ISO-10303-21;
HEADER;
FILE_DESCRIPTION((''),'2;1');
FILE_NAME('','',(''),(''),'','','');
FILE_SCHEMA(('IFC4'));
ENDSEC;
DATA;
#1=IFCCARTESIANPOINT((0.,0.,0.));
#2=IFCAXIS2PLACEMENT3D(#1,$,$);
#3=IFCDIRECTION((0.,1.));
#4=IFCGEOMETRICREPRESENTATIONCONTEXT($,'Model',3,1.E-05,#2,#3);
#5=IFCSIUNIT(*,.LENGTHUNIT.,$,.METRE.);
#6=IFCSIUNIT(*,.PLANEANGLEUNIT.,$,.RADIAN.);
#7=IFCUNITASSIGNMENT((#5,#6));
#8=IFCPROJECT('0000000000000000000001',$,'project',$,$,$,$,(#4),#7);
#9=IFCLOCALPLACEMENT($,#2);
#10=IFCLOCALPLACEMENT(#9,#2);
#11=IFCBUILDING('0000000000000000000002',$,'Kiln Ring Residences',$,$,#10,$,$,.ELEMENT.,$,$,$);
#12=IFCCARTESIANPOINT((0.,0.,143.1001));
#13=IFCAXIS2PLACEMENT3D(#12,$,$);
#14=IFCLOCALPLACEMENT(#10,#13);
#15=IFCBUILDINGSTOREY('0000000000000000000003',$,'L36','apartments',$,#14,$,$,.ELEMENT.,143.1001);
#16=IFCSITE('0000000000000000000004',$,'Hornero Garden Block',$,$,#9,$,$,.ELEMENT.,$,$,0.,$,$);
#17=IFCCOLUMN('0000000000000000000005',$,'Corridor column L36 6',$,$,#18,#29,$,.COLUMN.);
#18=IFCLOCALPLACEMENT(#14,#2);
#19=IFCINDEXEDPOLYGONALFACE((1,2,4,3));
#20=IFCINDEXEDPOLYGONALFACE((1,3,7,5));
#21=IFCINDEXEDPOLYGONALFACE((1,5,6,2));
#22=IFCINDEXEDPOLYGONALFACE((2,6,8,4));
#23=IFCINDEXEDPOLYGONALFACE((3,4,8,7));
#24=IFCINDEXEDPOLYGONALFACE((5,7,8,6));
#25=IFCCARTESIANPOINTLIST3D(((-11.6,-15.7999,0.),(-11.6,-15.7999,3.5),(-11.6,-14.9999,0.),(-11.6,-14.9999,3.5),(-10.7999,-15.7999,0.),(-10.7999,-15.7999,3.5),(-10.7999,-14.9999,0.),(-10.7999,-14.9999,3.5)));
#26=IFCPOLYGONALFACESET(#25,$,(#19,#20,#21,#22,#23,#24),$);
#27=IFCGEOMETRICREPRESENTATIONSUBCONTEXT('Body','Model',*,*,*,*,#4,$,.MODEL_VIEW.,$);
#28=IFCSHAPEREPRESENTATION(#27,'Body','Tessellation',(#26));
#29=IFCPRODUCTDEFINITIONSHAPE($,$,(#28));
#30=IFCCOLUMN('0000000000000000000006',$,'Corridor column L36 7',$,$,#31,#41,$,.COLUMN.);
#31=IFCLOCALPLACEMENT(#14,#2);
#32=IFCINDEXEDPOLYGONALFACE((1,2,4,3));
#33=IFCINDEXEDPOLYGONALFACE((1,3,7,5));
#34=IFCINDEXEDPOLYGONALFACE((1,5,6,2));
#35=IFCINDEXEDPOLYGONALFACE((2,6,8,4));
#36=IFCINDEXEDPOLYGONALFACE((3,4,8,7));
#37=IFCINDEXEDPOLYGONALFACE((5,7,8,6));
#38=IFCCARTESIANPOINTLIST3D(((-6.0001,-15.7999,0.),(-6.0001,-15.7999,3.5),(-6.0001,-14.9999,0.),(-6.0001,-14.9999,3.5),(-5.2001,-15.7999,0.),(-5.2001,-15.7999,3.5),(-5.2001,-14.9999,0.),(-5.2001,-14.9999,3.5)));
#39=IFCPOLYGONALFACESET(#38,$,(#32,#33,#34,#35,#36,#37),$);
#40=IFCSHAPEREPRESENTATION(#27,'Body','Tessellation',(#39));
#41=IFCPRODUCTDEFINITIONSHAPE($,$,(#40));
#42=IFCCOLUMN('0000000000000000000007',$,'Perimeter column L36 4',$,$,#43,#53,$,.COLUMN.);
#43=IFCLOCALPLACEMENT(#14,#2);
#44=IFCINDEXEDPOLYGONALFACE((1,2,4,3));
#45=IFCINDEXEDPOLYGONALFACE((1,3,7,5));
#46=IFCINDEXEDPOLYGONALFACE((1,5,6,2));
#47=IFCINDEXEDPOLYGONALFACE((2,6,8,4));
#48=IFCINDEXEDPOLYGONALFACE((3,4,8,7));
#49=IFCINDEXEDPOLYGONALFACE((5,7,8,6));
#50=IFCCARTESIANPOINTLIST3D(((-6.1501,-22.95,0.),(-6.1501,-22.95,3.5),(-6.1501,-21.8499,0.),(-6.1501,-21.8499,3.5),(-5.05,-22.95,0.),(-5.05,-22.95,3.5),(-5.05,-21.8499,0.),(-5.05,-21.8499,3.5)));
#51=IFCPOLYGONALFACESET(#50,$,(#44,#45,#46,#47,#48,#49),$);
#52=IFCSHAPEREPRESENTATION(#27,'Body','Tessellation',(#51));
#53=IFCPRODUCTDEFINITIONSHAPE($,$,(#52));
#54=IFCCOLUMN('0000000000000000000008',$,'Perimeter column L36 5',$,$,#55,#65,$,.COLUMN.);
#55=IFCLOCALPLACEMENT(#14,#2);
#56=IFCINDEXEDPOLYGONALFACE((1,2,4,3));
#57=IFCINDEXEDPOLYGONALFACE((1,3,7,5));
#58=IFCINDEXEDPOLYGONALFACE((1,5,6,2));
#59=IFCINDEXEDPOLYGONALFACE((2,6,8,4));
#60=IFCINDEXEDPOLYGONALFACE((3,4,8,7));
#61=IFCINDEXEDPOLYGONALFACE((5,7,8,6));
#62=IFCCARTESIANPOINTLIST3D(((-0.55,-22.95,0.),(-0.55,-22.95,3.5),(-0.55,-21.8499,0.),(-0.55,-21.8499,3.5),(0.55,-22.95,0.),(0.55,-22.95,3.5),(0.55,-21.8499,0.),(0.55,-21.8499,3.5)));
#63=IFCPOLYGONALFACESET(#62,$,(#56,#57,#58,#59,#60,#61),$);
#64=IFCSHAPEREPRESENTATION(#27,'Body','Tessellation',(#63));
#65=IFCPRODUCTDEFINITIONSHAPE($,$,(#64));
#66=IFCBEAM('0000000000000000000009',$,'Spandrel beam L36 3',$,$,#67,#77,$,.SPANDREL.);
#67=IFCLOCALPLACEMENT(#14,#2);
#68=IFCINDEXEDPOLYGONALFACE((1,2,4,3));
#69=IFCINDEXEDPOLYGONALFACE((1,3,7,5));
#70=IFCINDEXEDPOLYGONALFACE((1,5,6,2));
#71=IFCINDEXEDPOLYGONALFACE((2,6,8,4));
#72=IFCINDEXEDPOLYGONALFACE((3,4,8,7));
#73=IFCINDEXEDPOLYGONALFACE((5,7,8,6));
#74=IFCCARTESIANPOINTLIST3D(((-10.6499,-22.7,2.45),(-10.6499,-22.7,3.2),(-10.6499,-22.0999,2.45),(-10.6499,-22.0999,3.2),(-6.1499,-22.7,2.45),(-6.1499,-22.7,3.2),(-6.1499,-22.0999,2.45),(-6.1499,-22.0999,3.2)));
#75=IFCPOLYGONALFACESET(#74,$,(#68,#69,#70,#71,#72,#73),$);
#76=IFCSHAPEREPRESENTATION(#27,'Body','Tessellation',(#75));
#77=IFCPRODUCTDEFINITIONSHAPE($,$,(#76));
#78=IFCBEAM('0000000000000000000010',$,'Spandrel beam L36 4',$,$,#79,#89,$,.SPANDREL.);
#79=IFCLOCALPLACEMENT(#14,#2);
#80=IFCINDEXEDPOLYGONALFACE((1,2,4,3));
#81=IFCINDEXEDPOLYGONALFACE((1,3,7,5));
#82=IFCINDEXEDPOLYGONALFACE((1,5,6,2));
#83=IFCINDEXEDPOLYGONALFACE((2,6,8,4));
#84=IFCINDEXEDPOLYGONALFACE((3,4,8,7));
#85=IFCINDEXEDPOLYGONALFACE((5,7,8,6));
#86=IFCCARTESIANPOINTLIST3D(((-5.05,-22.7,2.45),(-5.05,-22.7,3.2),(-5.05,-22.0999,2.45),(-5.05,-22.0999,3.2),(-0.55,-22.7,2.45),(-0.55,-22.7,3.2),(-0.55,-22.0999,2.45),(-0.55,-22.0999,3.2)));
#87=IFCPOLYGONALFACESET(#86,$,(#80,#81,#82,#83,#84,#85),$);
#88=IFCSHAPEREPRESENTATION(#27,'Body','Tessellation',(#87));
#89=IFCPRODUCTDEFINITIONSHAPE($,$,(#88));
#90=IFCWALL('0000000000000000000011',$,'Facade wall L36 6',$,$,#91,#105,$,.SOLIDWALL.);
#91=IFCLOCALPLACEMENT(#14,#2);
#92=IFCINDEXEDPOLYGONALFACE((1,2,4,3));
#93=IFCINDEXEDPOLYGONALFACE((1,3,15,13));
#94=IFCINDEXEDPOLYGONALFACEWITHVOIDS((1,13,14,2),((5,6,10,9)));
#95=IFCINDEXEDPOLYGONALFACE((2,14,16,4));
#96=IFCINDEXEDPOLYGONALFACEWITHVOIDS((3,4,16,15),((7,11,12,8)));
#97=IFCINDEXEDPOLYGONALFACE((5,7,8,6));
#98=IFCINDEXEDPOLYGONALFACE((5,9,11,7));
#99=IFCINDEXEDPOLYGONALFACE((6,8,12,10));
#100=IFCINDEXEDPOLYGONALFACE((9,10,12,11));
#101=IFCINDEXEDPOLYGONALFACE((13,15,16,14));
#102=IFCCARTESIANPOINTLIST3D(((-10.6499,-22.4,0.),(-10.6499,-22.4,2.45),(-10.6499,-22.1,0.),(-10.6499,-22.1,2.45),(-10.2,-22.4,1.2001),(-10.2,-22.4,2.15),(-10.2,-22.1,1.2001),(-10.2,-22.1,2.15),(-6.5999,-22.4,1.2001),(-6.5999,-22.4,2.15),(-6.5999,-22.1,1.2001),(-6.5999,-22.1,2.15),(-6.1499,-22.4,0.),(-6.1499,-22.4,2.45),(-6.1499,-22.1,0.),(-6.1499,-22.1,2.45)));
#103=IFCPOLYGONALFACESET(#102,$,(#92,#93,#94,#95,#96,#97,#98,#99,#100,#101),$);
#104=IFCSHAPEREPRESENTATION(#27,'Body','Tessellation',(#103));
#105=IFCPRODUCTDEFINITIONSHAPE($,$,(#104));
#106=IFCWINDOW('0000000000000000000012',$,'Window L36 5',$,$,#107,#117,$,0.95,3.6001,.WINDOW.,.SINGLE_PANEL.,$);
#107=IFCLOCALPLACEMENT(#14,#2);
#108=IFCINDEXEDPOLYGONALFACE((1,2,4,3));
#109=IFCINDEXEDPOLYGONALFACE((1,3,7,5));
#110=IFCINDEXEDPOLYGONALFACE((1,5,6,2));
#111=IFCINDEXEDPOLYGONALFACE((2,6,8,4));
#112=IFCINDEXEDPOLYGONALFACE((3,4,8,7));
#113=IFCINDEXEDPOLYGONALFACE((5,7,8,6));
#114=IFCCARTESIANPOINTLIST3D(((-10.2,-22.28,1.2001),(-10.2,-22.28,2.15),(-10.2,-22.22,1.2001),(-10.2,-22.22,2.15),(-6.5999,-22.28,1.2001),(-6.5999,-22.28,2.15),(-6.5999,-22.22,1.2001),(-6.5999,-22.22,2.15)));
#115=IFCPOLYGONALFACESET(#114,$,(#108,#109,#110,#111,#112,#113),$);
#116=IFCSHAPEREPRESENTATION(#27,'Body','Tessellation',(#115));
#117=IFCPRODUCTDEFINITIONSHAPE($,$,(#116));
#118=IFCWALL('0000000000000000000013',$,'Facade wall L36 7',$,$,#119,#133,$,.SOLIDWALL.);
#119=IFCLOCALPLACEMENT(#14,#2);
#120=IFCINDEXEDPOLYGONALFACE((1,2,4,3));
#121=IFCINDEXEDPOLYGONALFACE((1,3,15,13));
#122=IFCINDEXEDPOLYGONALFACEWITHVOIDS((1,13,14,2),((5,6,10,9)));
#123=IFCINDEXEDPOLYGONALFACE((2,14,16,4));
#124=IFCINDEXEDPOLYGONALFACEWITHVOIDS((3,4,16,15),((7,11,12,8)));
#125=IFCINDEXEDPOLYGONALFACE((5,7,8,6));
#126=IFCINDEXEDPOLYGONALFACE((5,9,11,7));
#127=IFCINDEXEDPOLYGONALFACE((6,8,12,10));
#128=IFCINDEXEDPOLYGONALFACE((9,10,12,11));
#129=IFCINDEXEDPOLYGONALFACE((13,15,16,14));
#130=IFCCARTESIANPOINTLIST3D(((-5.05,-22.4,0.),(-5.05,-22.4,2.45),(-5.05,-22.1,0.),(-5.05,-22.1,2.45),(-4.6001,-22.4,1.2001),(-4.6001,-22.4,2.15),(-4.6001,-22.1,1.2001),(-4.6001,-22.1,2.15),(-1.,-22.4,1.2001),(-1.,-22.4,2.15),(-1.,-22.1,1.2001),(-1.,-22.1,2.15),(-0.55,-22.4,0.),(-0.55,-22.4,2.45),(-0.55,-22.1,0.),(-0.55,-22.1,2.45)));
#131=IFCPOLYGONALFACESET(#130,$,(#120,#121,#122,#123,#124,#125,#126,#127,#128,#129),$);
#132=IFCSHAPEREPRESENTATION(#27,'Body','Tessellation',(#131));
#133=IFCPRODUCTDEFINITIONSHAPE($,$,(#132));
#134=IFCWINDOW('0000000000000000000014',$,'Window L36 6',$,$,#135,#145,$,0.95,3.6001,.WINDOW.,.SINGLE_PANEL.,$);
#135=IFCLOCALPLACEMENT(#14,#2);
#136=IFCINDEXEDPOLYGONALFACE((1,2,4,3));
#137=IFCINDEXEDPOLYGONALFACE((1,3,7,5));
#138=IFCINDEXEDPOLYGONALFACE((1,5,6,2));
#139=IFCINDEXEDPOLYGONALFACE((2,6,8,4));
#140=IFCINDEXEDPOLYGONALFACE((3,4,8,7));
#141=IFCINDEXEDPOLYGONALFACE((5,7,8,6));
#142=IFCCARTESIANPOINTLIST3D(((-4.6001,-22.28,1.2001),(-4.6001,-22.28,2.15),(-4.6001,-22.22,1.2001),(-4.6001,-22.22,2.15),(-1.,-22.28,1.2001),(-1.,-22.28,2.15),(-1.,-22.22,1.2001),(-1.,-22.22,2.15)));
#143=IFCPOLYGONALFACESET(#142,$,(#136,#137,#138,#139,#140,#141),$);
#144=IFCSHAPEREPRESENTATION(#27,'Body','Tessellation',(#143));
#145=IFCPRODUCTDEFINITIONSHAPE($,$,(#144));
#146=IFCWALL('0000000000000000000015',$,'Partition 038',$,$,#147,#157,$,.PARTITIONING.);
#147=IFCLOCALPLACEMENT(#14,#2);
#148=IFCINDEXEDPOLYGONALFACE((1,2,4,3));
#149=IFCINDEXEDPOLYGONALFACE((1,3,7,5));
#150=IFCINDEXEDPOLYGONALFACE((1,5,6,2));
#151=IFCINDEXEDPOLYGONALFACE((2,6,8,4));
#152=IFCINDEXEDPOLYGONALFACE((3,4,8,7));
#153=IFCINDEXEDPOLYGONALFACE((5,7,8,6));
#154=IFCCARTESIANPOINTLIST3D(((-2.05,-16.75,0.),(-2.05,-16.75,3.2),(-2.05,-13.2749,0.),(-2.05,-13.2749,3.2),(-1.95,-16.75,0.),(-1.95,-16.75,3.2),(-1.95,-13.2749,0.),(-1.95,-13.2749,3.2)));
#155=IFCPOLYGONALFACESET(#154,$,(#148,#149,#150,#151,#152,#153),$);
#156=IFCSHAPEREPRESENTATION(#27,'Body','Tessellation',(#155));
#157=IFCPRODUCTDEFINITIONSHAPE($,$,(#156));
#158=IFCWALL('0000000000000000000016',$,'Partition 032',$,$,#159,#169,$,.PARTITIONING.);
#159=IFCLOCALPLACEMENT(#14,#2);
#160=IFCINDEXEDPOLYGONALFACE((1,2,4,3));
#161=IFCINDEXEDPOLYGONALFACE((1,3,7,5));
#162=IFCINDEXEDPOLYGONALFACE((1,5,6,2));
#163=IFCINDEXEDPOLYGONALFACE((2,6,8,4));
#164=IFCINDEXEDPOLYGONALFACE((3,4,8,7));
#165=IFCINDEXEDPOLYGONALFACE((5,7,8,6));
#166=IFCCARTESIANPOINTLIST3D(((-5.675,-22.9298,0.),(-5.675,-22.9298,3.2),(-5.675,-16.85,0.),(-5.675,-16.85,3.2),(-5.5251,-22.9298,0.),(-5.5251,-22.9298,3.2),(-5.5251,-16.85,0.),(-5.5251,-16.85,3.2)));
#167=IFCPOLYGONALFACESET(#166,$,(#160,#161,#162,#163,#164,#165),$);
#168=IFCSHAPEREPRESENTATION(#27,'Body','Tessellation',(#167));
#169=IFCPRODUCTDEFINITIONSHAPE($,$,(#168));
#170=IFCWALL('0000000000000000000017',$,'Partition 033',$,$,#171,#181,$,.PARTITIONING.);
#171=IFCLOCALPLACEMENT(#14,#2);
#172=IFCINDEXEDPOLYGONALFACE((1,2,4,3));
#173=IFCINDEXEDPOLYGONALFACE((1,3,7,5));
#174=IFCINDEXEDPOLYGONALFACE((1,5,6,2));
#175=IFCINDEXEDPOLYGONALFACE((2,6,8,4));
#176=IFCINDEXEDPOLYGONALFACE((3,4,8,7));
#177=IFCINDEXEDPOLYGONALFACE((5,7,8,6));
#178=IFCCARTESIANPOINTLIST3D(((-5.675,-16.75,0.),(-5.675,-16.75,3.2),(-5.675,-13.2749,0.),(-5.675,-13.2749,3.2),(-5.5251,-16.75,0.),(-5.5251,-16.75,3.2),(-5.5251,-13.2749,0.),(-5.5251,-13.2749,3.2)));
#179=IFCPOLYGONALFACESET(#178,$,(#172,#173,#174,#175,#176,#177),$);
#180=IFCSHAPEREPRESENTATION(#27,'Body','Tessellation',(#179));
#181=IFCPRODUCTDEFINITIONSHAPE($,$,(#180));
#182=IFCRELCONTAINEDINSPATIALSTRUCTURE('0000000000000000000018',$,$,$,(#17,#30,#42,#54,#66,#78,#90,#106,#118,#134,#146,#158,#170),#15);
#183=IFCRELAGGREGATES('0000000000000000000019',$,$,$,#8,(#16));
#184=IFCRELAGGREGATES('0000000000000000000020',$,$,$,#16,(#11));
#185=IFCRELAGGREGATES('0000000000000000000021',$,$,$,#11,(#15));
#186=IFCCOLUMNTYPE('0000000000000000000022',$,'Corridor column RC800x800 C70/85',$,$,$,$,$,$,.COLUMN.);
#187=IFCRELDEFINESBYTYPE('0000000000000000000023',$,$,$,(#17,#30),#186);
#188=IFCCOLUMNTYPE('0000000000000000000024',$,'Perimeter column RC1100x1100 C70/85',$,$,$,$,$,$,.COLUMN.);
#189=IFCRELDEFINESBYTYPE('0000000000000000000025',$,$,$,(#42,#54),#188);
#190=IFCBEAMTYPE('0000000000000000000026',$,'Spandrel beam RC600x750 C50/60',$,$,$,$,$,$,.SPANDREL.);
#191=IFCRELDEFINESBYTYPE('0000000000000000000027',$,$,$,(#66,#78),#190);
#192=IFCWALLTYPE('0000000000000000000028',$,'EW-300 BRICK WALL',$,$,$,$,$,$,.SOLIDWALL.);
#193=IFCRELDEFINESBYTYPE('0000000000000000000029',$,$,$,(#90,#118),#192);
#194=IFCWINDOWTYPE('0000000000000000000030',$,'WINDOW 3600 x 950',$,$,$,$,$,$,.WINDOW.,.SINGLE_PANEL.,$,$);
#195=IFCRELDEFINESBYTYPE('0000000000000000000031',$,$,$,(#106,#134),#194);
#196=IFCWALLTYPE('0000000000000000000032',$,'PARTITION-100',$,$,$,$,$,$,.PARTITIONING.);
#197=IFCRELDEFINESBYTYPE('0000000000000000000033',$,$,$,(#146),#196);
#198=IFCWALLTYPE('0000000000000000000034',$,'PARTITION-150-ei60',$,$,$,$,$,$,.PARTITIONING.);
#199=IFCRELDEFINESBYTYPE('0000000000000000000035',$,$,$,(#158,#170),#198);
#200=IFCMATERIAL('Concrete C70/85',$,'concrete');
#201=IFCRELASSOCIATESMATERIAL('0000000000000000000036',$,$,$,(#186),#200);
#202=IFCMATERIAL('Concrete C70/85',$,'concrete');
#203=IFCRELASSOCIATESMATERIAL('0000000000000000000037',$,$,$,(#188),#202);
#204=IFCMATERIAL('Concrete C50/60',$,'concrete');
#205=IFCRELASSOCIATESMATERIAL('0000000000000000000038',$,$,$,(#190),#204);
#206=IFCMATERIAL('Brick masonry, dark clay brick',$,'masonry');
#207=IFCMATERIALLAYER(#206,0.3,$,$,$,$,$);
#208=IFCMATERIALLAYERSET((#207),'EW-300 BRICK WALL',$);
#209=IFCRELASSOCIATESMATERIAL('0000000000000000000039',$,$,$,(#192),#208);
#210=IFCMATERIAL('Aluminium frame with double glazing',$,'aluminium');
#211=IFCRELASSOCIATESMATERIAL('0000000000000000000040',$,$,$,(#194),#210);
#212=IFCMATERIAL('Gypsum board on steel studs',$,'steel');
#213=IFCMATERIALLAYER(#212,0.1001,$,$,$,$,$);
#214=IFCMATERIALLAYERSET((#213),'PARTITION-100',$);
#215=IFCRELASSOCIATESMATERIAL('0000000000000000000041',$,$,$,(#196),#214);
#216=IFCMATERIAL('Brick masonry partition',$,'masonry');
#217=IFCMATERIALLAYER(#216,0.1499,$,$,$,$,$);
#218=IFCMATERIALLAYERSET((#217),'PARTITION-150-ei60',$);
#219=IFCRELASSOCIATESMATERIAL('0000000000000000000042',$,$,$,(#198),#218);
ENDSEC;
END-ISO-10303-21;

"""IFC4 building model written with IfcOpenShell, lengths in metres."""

from ifc_helpers import new_model, si_unit, direction, frame, frame_2d, origin, origin_2d, place, context, subcontext, project, spatial, rectangle, extrude, material, layer, layer_set, material_profile, profile_set, type_object, element, fill, save


model = new_model("IFC4")

# Units and contexts
model_context = context("Model", 3, precision=1e-05, world=origin(), true_north=direction((0.0, 1.0)))
body_context = subcontext(model_context, "Body", "Model", "MODEL_VIEW")
ifc_project = project(units=[si_unit("LENGTHUNIT", "METRE"), si_unit("PLANEANGLEUNIT", "RADIAN")], contexts=[model_context])

# Site, building, storey
site_placement = place(None, origin())
site = spatial("IfcSite", under=ifc_project, at=site_placement, Name="Hornero Garden Block", CompositionType="ELEMENT", RefElevation=0.0)
building_placement = place(site_placement, origin())
building = spatial("IfcBuilding", under=site, at=building_placement, Name="Kiln Ring Residences", CompositionType="ELEMENT")
storey_placement = place(building_placement, frame((0.0, 0.0, 143.1001)))
storey = spatial("IfcBuildingStorey", under=building, at=storey_placement, Name="L36", Description="apartments", CompositionType="ELEMENT", Elevation=143.1001)

# Columns
ifc_material_1 = material(Name="Concrete C70/85", Category="concrete")
ifc_material_profile_1 = material_profile(ifc_material_1, rectangle(XDim=0.8, YDim=0.8, at=origin_2d()), Name="RC800x800")
ifc_profile_set_1 = profile_set([ifc_material_profile_1], Name="Concrete C70/85")
column_type_1 = type_object("IfcColumnType", Name="Corridor column RC800x800 C70/85", PredefinedType="COLUMN", material=ifc_profile_set_1)
for number, where, z_axis, x_axis, name in (
    (1, (-11.2, -15.3999, 0.0), (0.0, 0.0, 1.0), (1.0, 0.0, 0.0), "Corridor column L36 6"),
    (2, (-5.6001, -15.3999, 0.0), (0.0, 0.0, 1.0), (1.0, 0.0, 0.0), "Corridor column L36 7"),
):
    element("IfcColumn", number, at=place(storey_placement, frame(where, z_axis=z_axis, x_axis=x_axis)), inside=storey, type_object=column_type_1, Name=name, PredefinedType="COLUMN", context=body_context, shape_type="SweptSolid", body=[
        extrude(rectangle(XDim=0.8, YDim=0.8, at=origin_2d()), origin(), (0.0, 0.0, 1.0), 3.5),
    ])
ifc_material_2 = material(Name="Concrete C70/85", Category="concrete")
ifc_material_profile_2 = material_profile(ifc_material_2, rectangle(XDim=1.1001, YDim=1.1001, at=origin_2d()), Name="RC1100x1100")
ifc_profile_set_2 = profile_set([ifc_material_profile_2], Name="Concrete C70/85")
column_type_2 = type_object("IfcColumnType", Name="Perimeter column RC1100x1100 C70/85", PredefinedType="COLUMN", material=ifc_profile_set_2)
for number, where, z_axis, x_axis, name in (
    (3, (-5.6001, -22.3999, 0.0), (0.0, 0.0, 1.0), (1.0, 0.0, 0.0), "Perimeter column L36 4"),
    (4, (0.0, -22.3999, 0.0), (0.0, 0.0, 1.0), (1.0, 0.0, 0.0), "Perimeter column L36 5"),
):
    element("IfcColumn", number, at=place(storey_placement, frame(where, z_axis=z_axis, x_axis=x_axis)), inside=storey, type_object=column_type_2, Name=name, PredefinedType="COLUMN", context=body_context, shape_type="SweptSolid", body=[
        extrude(rectangle(XDim=1.1001, YDim=1.1001, at=origin_2d()), origin(), (0.0, 0.0, 1.0), 3.5),
    ])

# Beams
ifc_material_3 = material(Name="Concrete C50/60", Category="concrete")
ifc_material_profile_3 = material_profile(ifc_material_3, rectangle(XDim=0.6001, YDim=0.75, at=origin_2d()), Name="RC600x750")
ifc_profile_set_3 = profile_set([ifc_material_profile_3], Name="Concrete C50/60")
beam_type = type_object("IfcBeamType", Name="Spandrel beam RC600x750 C50/60", PredefinedType="SPANDREL", material=ifc_profile_set_3)
for number, where, z_axis, x_axis, name in (
    (5, (-10.6499, -22.3999, 2.825), (1.0, 0.0, 0.0), (0.0, 1.0, 0.0), "Spandrel beam L36 3"),
    (6, (-5.05, -22.3999, 2.825), (1.0, 0.0, 0.0), (0.0, 1.0, 0.0), "Spandrel beam L36 4"),
):
    element("IfcBeam", number, at=place(storey_placement, frame(where, z_axis=z_axis, x_axis=x_axis)), inside=storey, type_object=beam_type, Name=name, PredefinedType="SPANDREL", context=body_context, shape_type="SweptSolid", body=[
        extrude(rectangle(XDim=0.6001, YDim=0.75, at=origin_2d()), origin(), (0.0, 0.0, 1.0), 4.5),
    ])

# Walls, openings, windows
ifc_material_4 = material(Name="Brick masonry, dark clay brick", Category="masonry")
ifc_layer_1 = layer(ifc_material_4, 0.3)
ifc_layer_set_1 = layer_set([ifc_layer_1], Name="EW-300 BRICK WALL")
wall_type_1 = type_object("IfcWallType", Name="EW-300 BRICK WALL", PredefinedType="SOLIDWALL", material=ifc_layer_set_1)
wall_1_placement = place(storey_placement, frame((-10.6499, -22.25, 0.0), z_axis=(0.0, 0.0, 1.0), x_axis=(1.0, 0.0, 0.0)))
wall_1 = element("IfcWall", 7, at=wall_1_placement, inside=storey, type_object=wall_type_1, Name="Facade wall L36 6", PredefinedType="SOLIDWALL", context=body_context, shape_type="SweptSolid", body=[
    extrude(rectangle(XDim=4.5, YDim=0.3, at=frame_2d((2.25, 0.0))), origin(), (0.0, 0.0, 1.0), 2.45),
])
opening_1_placement = place(wall_1_placement, frame((0.45, 0.0, 1.2)))
opening_1 = element("IfcOpeningElement", 8, at=opening_1_placement, cuts=wall_1, PredefinedType="OPENING", context=body_context, shape_type="SweptSolid", body=[
    extrude(rectangle(XDim=3.6001, YDim=0.95, at=frame_2d((1.8, 0.4751))), frame((0.0, 0.1599, 0.0), z_axis=(0.0, -1.0, 0.0), x_axis=(1.0, 0.0, 0.0)), (0.0, 0.0, 1.0), 0.3201),
])
ifc_material_5 = material(Name="Aluminium frame with double glazing", Category="aluminium")
window_type = type_object("IfcWindowType", Name="WINDOW 3600 x 950", PartitioningType="SINGLE_PANEL", PredefinedType="WINDOW", material=ifc_material_5)
window_1_placement = place(opening_1_placement, origin())
window_1 = element("IfcWindow", 9, at=window_1_placement, inside=storey, type_object=window_type, Name="Window L36 5", OverallHeight=0.95, OverallWidth=3.6001, PartitioningType="SINGLE_PANEL", PredefinedType="WINDOW", context=body_context, shape_type="SweptSolid", body=[
    extrude(rectangle(XDim=3.6001, YDim=0.95, at=frame_2d((1.8, 0.4751))), frame((0.0, 0.03, 0.0), z_axis=(0.0, -1.0, 0.0), x_axis=(1.0, 0.0, 0.0)), (0.0, 0.0, 1.0), 0.0601),
])
fill(opening_1, window_1)
wall_2_placement = place(storey_placement, frame((-5.05, -22.25, 0.0), z_axis=(0.0, 0.0, 1.0), x_axis=(1.0, 0.0, 0.0)))
wall_2 = element("IfcWall", 10, at=wall_2_placement, inside=storey, type_object=wall_type_1, Name="Facade wall L36 7", PredefinedType="SOLIDWALL", context=body_context, shape_type="SweptSolid", body=[
    extrude(rectangle(XDim=4.5, YDim=0.3, at=frame_2d((2.25, 0.0))), origin(), (0.0, 0.0, 1.0), 2.45),
])
opening_2_placement = place(wall_2_placement, frame((0.45, 0.0, 1.2)))
opening_2 = element("IfcOpeningElement", 11, at=opening_2_placement, cuts=wall_2, PredefinedType="OPENING", context=body_context, shape_type="SweptSolid", body=[
    extrude(rectangle(XDim=3.6001, YDim=0.95, at=frame_2d((1.8, 0.4751))), frame((0.0, 0.1599, 0.0), z_axis=(0.0, -1.0, 0.0), x_axis=(1.0, 0.0, 0.0)), (0.0, 0.0, 1.0), 0.3201),
])
window_2_placement = place(opening_2_placement, origin())
window_2 = element("IfcWindow", 12, at=window_2_placement, inside=storey, type_object=window_type, Name="Window L36 6", OverallHeight=0.95, OverallWidth=3.6001, PartitioningType="SINGLE_PANEL", PredefinedType="WINDOW", context=body_context, shape_type="SweptSolid", body=[
    extrude(rectangle(XDim=3.6001, YDim=0.95, at=frame_2d((1.8, 0.4751))), frame((0.0, 0.03, 0.0), z_axis=(0.0, -1.0, 0.0), x_axis=(1.0, 0.0, 0.0)), (0.0, 0.0, 1.0), 0.0601),
])
fill(opening_2, window_2)

# Walls
ifc_material_6 = material(Name="Gypsum board on steel studs", Category="steel")
ifc_layer_2 = layer(ifc_material_6, 0.1001)
ifc_layer_set_2 = layer_set([ifc_layer_2], Name="PARTITION-100")
wall_type_2 = type_object("IfcWallType", Name="PARTITION-100", PredefinedType="PARTITIONING", material=ifc_layer_set_2)
wall_3_placement = place(storey_placement, frame((-2.0, -16.75, 0.0), z_axis=(0.0, 0.0, 1.0), x_axis=(0.0, 1.0, 0.0)))
element("IfcWall", 13, at=wall_3_placement, inside=storey, type_object=wall_type_2, Name="Partition 038", PredefinedType="PARTITIONING", context=body_context, shape_type="SweptSolid", body=[
    extrude(rectangle(XDim=3.4751, YDim=0.1001, at=frame_2d((1.7375, 0.0))), origin(), (0.0, 0.0, 1.0), 3.2),
])
ifc_material_7 = material(Name="Brick masonry partition", Category="masonry")
ifc_layer_3 = layer(ifc_material_7, 0.1499)
ifc_layer_set_3 = layer_set([ifc_layer_3], Name="PARTITION-150-ei60")
wall_type_3 = type_object("IfcWallType", Name="PARTITION-150-ei60", PredefinedType="PARTITIONING", material=ifc_layer_set_3)
wall_4_placement = place(storey_placement, frame((-5.6001, -22.9299, 0.0), z_axis=(0.0, 0.0, 1.0), x_axis=(0.0, 1.0, 0.0)))
element("IfcWall", 14, at=wall_4_placement, inside=storey, type_object=wall_type_3, Name="Partition 032", PredefinedType="PARTITIONING", context=body_context, shape_type="SweptSolid", body=[
    extrude(rectangle(XDim=6.0798, YDim=0.1499, at=frame_2d((3.04, 0.0))), origin(), (0.0, 0.0, 1.0), 3.2),
])
wall_5_placement = place(storey_placement, frame((-5.6001, -16.75, 0.0), z_axis=(0.0, 0.0, 1.0), x_axis=(0.0, 1.0, 0.0)))
element("IfcWall", 15, at=wall_5_placement, inside=storey, type_object=wall_type_3, Name="Partition 033", PredefinedType="PARTITIONING", context=body_context, shape_type="SweptSolid", body=[
    extrude(rectangle(XDim=3.4751, YDim=0.1499, at=frame_2d((1.7375, 0.0))), origin(), (0.0, 0.0, 1.0), 3.2),
])

save(model, "model.ifc")
